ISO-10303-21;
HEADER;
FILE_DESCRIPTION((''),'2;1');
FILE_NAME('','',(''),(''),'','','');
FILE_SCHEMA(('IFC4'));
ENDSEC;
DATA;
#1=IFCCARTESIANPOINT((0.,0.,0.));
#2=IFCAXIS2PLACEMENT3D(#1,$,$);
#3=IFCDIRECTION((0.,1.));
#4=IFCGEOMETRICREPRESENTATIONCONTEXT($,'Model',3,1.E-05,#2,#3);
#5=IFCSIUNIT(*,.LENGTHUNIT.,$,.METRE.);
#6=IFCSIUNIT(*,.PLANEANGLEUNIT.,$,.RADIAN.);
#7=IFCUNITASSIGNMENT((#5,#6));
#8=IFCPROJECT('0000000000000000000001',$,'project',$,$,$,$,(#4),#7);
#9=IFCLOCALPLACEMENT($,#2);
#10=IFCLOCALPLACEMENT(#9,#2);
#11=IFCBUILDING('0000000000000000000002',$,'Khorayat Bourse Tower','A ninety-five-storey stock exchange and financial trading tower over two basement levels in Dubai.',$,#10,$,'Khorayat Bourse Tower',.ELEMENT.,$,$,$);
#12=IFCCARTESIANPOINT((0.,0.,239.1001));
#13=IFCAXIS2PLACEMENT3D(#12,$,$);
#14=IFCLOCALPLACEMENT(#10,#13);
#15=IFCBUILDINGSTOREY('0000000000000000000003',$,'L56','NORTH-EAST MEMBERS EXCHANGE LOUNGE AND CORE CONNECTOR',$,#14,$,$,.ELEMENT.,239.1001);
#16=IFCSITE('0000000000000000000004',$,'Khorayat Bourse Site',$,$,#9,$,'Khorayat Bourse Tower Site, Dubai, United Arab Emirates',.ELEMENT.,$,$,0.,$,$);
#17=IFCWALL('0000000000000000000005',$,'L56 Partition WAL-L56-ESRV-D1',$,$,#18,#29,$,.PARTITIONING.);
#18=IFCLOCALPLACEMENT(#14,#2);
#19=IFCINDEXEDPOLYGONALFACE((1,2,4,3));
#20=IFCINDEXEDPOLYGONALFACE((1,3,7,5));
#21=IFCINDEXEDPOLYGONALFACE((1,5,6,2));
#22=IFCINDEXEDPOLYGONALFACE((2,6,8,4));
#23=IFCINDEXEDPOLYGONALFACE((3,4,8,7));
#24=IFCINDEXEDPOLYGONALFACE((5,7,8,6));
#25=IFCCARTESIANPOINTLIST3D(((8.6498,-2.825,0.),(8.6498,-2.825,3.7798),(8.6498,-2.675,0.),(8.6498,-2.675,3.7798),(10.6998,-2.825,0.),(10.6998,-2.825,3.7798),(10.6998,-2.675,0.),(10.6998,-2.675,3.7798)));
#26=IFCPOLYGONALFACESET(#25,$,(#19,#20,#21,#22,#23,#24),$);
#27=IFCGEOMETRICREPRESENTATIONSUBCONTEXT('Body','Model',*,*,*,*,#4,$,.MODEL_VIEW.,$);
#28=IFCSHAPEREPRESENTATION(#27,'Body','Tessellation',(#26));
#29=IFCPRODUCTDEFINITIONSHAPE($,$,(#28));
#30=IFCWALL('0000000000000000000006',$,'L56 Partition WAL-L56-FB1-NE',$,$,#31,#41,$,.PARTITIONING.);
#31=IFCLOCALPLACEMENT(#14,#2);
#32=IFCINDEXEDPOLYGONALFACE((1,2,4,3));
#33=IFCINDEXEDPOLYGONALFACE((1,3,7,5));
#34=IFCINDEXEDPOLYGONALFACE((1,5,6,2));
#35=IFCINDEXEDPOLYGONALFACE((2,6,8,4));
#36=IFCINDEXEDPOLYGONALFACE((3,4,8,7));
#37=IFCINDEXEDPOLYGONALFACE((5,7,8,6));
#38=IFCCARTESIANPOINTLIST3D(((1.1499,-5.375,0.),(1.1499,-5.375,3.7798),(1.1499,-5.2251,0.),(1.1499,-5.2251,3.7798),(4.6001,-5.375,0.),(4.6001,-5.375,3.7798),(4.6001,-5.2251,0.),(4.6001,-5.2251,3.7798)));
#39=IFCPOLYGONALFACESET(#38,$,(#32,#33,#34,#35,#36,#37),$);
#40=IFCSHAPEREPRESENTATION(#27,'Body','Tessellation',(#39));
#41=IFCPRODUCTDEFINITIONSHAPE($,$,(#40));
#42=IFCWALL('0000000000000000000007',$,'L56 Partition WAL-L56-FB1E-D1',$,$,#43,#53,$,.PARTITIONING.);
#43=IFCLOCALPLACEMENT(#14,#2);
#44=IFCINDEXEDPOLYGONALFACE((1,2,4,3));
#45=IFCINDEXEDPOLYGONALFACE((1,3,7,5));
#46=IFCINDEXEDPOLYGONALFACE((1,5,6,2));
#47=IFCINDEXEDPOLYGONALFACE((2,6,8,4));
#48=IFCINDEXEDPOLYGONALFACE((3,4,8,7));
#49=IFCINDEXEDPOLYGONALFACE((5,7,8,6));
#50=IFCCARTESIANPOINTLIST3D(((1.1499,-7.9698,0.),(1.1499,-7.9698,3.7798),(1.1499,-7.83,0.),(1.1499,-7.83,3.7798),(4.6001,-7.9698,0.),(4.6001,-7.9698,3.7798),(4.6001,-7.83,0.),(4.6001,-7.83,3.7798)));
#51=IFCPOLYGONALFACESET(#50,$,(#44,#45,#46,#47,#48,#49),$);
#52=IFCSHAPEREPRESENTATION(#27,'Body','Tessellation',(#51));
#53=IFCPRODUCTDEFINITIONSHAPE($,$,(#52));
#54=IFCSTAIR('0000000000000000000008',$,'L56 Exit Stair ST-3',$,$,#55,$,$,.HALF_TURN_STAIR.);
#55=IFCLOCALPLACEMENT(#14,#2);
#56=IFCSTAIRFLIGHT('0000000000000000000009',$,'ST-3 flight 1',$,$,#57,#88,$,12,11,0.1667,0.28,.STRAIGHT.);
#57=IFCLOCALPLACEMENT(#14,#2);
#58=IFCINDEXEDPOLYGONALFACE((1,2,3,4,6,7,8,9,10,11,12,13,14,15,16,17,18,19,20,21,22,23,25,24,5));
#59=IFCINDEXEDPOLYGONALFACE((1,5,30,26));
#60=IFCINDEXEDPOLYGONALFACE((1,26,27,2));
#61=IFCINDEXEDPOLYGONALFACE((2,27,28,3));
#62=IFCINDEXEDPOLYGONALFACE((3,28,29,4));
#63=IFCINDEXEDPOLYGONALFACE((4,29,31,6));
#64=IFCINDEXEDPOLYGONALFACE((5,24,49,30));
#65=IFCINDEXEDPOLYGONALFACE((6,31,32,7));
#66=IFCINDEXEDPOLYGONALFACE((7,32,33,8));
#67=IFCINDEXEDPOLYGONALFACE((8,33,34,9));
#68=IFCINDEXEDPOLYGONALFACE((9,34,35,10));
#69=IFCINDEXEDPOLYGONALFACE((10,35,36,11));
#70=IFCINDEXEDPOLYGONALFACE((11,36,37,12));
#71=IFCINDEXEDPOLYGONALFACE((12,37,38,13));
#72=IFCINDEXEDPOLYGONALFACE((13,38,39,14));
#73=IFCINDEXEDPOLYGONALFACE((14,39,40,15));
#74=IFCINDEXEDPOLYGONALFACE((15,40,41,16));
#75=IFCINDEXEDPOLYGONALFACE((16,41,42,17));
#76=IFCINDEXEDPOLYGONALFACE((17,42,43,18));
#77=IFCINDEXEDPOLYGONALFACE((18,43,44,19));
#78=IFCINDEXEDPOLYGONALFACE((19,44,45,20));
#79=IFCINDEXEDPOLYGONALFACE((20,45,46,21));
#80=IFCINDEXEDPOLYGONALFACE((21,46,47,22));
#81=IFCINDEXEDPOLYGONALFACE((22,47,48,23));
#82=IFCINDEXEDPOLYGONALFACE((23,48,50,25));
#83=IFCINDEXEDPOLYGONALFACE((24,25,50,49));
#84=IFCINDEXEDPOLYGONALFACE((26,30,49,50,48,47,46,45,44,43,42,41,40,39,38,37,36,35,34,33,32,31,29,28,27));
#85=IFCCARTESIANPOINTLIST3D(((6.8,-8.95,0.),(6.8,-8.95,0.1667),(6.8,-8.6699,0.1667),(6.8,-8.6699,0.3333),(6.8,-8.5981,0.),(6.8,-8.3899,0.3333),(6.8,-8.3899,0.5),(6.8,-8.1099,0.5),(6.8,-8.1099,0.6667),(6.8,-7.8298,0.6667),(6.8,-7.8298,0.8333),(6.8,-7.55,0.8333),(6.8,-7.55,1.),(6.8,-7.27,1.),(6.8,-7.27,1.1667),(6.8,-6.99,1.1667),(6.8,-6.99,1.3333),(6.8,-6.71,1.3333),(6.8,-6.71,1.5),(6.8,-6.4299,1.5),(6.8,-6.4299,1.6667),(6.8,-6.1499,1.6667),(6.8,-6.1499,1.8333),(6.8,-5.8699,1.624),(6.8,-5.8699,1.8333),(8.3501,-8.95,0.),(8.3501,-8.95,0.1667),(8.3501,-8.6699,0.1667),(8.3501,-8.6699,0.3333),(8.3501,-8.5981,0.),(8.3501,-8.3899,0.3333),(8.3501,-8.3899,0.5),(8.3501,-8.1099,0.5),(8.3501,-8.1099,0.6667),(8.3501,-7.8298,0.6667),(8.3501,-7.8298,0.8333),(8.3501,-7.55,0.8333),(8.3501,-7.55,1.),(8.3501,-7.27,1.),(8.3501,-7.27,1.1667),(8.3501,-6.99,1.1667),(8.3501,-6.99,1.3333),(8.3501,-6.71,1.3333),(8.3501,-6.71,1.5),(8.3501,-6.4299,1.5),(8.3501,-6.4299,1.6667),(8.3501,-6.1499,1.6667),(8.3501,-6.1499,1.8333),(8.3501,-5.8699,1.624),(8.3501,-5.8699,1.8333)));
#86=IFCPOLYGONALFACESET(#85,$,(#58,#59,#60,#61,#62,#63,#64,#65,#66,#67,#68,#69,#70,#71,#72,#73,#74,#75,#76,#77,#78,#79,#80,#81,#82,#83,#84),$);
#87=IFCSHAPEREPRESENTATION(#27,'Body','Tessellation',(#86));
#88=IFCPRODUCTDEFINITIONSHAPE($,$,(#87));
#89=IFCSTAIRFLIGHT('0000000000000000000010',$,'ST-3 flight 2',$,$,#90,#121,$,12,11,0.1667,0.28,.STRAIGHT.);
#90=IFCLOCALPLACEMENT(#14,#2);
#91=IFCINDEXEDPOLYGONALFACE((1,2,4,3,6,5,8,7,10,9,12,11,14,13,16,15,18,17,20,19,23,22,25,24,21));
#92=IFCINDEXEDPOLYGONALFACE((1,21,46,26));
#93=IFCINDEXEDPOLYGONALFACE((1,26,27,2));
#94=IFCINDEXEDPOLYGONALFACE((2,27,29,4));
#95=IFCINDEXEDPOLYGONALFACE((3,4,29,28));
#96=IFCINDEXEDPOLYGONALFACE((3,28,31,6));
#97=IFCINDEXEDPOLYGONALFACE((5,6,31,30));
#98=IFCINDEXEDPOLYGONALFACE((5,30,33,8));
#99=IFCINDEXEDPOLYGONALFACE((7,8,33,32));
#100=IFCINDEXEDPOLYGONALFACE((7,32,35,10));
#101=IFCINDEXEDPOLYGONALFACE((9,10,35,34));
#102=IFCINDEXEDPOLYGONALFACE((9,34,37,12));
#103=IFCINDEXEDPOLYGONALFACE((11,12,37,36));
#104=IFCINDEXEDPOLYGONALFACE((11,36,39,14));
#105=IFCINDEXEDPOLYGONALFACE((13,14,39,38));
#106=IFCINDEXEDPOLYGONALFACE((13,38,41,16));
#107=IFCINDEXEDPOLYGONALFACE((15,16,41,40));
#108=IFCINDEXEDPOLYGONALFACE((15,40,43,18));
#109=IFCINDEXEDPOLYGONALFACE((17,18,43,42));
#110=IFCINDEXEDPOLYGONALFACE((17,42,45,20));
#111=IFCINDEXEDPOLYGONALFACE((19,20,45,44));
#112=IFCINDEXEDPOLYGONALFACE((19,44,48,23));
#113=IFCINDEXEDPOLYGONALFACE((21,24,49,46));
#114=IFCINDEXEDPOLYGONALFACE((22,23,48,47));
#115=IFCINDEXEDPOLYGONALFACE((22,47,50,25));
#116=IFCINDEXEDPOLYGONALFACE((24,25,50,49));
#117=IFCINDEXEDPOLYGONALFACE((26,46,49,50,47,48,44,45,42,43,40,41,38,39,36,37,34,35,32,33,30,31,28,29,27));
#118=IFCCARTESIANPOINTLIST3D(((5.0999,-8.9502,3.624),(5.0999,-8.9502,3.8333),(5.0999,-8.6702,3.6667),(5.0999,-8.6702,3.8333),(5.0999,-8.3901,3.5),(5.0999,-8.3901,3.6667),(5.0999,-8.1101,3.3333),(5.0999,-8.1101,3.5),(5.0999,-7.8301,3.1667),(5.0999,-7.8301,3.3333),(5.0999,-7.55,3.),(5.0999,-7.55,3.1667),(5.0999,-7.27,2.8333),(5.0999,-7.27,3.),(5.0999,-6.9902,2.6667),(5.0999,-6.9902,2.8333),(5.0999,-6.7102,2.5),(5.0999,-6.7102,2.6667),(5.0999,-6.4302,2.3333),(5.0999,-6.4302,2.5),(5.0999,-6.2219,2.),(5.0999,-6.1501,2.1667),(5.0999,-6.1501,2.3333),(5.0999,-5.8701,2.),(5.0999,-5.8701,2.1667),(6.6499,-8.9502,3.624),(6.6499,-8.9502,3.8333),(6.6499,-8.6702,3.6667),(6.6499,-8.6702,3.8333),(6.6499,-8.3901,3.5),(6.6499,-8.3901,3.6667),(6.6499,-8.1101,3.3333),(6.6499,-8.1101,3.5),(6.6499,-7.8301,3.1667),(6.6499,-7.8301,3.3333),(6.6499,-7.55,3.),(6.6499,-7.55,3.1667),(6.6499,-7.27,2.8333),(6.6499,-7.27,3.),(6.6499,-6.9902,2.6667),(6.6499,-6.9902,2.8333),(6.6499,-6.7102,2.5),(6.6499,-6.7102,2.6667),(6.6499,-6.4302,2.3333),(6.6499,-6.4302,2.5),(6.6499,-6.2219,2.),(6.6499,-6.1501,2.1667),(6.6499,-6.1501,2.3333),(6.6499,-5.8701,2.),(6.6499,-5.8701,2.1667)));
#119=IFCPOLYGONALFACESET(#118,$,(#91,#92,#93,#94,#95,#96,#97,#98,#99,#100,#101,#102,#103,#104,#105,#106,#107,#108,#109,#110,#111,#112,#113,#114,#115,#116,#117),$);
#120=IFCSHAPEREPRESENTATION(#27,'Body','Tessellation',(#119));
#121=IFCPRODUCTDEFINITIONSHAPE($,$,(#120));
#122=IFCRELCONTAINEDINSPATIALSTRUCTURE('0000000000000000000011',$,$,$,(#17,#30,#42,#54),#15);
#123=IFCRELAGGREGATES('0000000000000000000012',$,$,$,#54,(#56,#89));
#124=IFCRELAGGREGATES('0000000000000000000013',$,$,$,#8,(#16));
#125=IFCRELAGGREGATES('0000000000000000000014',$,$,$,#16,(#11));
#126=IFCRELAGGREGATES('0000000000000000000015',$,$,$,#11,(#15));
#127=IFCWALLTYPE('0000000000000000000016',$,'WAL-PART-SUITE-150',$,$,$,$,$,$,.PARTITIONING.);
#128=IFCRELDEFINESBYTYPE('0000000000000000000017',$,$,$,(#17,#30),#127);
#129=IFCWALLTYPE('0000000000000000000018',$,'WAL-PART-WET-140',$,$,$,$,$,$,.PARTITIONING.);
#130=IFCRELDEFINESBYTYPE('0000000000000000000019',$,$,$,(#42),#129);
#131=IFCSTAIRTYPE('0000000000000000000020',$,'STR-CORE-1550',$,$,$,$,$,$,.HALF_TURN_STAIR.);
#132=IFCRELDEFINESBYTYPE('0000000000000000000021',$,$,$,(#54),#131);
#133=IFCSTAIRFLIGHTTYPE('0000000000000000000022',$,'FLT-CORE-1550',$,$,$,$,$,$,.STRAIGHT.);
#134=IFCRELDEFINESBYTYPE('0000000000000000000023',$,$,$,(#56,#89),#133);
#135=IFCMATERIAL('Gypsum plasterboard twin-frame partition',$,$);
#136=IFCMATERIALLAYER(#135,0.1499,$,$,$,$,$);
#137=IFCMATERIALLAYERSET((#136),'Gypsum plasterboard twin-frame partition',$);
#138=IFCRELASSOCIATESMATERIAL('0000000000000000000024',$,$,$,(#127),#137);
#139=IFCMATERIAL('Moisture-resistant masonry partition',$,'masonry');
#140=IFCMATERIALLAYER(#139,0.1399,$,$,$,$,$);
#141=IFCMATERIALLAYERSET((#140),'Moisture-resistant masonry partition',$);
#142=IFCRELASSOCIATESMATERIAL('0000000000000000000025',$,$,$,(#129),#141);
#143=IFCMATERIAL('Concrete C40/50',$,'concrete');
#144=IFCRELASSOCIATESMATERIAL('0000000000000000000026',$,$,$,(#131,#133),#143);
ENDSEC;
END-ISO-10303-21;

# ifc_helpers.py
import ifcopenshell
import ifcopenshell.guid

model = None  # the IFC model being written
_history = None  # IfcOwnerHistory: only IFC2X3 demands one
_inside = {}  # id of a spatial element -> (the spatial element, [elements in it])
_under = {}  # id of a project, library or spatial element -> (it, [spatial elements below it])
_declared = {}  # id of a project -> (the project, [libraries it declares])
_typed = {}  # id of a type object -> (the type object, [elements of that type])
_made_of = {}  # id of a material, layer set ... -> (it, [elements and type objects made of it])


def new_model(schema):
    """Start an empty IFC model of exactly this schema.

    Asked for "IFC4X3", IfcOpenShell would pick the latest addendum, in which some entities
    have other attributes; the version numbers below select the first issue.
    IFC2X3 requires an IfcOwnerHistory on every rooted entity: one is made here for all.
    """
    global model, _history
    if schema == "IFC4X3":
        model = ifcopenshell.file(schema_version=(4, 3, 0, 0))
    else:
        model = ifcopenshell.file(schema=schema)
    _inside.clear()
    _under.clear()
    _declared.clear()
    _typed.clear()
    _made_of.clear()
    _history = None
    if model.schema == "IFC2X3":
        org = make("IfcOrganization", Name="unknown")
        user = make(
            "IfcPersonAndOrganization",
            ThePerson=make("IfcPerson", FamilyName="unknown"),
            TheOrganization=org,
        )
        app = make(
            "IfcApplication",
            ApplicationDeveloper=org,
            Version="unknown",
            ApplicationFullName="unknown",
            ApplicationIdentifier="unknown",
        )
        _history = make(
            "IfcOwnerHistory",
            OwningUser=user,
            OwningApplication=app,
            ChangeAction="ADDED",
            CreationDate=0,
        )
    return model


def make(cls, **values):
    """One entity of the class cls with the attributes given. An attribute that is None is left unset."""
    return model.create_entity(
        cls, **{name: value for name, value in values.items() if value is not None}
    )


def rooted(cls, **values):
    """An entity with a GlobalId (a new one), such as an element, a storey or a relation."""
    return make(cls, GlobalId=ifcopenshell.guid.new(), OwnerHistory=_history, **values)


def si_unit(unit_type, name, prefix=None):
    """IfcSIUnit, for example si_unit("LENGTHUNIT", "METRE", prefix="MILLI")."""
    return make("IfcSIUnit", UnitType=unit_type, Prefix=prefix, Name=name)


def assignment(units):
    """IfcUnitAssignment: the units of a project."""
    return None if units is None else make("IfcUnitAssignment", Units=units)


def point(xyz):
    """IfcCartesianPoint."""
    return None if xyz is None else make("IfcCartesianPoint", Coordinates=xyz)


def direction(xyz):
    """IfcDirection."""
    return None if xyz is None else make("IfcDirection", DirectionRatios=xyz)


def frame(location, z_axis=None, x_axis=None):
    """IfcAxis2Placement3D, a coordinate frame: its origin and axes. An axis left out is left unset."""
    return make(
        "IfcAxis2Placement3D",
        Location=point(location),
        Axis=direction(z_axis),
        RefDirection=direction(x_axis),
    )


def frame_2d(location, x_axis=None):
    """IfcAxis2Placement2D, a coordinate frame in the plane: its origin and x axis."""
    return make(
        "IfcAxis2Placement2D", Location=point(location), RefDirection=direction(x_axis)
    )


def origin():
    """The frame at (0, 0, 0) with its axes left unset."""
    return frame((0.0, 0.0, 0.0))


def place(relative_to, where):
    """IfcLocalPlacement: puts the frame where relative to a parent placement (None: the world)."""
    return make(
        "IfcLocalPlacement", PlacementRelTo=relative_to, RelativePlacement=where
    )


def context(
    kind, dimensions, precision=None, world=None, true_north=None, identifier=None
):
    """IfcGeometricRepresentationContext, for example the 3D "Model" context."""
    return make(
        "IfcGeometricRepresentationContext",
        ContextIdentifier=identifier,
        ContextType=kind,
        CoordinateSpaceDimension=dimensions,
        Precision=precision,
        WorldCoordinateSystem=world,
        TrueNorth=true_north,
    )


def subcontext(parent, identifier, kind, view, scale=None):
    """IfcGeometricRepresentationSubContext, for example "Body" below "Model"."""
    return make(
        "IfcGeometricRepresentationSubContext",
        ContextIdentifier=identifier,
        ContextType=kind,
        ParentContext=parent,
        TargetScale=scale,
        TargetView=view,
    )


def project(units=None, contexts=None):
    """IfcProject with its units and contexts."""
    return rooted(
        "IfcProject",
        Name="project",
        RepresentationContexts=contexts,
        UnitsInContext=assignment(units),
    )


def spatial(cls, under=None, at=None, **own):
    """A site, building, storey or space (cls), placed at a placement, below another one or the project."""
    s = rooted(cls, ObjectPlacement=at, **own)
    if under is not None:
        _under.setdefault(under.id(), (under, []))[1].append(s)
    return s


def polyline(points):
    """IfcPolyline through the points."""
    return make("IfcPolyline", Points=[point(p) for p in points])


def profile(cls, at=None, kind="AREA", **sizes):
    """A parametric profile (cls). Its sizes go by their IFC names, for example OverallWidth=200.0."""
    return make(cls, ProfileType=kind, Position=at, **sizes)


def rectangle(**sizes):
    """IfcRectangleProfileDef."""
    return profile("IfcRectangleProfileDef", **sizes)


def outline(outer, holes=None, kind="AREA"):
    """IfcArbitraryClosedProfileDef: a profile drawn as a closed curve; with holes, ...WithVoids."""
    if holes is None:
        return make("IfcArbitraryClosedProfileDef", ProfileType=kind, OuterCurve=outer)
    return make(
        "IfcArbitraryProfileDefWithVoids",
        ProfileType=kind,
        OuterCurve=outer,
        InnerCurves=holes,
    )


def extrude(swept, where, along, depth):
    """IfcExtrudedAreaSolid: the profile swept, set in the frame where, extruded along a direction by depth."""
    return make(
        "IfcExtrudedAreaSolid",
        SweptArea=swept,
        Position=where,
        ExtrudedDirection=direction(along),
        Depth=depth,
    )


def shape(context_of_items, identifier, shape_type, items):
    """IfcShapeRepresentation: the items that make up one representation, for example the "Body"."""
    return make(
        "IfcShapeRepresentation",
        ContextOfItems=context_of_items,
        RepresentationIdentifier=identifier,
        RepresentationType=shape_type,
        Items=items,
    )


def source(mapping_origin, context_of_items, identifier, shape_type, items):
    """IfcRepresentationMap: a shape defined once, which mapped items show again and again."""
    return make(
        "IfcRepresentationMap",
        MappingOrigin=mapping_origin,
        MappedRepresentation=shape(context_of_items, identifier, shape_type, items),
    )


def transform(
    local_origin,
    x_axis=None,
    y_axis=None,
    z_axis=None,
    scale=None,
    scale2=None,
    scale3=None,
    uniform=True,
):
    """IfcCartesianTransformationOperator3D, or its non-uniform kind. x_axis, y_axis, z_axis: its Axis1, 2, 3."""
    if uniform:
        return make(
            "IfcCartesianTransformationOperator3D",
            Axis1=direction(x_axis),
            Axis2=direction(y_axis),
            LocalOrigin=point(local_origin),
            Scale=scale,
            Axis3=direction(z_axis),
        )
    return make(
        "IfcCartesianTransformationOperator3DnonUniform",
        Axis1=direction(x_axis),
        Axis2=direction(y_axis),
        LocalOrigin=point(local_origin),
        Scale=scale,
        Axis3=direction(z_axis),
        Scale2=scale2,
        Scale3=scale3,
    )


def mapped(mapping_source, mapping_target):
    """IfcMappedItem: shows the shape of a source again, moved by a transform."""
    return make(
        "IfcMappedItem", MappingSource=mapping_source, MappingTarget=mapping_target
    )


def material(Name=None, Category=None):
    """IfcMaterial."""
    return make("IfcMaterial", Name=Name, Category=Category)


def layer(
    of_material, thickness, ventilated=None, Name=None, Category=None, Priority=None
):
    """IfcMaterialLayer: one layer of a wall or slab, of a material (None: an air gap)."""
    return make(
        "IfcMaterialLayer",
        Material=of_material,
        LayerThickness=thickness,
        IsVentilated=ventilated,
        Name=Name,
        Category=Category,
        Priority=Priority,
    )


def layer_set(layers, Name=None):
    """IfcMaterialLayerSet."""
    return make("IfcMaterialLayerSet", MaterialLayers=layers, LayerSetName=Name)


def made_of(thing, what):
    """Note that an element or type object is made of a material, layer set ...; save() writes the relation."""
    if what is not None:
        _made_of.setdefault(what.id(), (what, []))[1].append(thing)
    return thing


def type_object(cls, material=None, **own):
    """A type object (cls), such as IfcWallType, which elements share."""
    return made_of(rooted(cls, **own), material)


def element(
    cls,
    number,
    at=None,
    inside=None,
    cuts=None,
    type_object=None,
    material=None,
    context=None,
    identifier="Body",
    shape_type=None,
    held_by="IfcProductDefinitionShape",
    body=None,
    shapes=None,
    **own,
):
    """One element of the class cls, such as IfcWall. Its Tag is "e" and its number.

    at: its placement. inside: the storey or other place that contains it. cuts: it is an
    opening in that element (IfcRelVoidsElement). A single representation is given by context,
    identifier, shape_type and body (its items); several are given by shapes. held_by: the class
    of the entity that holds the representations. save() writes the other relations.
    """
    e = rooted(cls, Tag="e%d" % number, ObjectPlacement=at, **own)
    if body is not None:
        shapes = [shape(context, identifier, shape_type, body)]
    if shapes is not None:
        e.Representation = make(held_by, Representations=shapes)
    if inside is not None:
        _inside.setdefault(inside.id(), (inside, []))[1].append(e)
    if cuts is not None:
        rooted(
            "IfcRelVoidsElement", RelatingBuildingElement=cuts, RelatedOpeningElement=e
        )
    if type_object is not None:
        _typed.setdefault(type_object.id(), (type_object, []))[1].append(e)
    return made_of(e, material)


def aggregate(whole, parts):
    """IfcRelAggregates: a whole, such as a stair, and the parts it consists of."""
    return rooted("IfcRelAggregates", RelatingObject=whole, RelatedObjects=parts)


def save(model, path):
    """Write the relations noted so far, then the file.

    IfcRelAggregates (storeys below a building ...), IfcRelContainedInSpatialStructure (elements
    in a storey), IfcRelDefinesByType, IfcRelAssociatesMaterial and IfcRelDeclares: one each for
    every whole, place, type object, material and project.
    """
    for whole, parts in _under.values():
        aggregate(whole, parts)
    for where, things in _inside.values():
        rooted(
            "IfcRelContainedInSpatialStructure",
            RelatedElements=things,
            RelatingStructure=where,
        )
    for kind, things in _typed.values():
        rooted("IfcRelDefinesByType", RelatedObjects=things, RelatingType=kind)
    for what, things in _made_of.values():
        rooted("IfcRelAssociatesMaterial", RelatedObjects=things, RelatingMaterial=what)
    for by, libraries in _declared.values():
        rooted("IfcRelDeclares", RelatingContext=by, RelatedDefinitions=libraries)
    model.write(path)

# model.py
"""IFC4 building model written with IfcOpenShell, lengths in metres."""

from ifc_helpers import new_model, si_unit, direction, frame, frame_2d, origin, place, context, subcontext, project, spatial, polyline, rectangle, outline, extrude, source, transform, mapped, material, layer, layer_set, type_object, element, aggregate, save


model = new_model("IFC4")

# Units and contexts
model_context = context("Model", 3, precision=1e-05, world=origin(), true_north=direction((0.0, 1.0)))
body_context = subcontext(model_context, "Body", "Model", "MODEL_VIEW")
ifc_project = project(units=[si_unit("LENGTHUNIT", "METRE"), si_unit("PLANEANGLEUNIT", "RADIAN")], contexts=[model_context])

# Site, building, storey
site_placement = place(None, origin())
site = spatial("IfcSite", under=ifc_project, at=site_placement, Name="Khorayat Bourse Site", LongName="Khorayat Bourse Tower Site, Dubai, United Arab Emirates", CompositionType="ELEMENT", RefElevation=0.0)
building_placement = place(site_placement, origin())
building = spatial("IfcBuilding", under=site, at=building_placement, Name="Khorayat Bourse Tower", Description="A ninety-five-storey stock exchange and financial trading tower over two basement levels in Dubai.", LongName="Khorayat Bourse Tower", CompositionType="ELEMENT")
storey_placement = place(building_placement, frame((0.0, 0.0, 239.1001)))
storey = spatial("IfcBuildingStorey", under=building, at=storey_placement, Name="L56", Description="NORTH-EAST MEMBERS EXCHANGE LOUNGE AND CORE CONNECTOR", CompositionType="ELEMENT", Elevation=239.1001)

# Shared definitions
ifc_material_1 = material(Name="Concrete C40/50", Category="concrete")

# Walls
ifc_material_2 = material(Name="Gypsum plasterboard twin-frame partition")
ifc_layer_1 = layer(ifc_material_2, 0.1499)
ifc_layer_set_1 = layer_set([ifc_layer_1], Name="Gypsum plasterboard twin-frame partition")
wall_type_1 = type_object("IfcWallType", Name="WAL-PART-SUITE-150", PredefinedType="PARTITIONING", material=ifc_layer_set_1)
shared_shape_1 = source(origin(), body_context, "Body", "SweptSolid", [
    extrude(rectangle(XDim=2.05, YDim=0.1499, at=frame_2d((1.0249, 0.0))), origin(), (0.0, 0.0, 1.0), 3.7798),
])
wall_1_placement = place(storey_placement, frame((8.6499, -2.75, 0.0), z_axis=(0.0, 0.0, 1.0), x_axis=(1.0, 0.0, 0.0)))
element("IfcWall", 1, at=wall_1_placement, inside=storey, type_object=wall_type_1, Name="L56 Partition WAL-L56-ESRV-D1", PredefinedType="PARTITIONING", context=body_context, shape_type="MappedRepresentation", body=[
    mapped(shared_shape_1, transform((0.0, 0.0, 0.0), scale=1.0)),
])
shared_shape_2 = source(origin(), body_context, "Body", "SweptSolid", [
    extrude(rectangle(XDim=3.4502, YDim=0.1499, at=frame_2d((1.7251, 0.0))), origin(), (0.0, 0.0, 1.0), 3.7798),
])
wall_2_placement = place(storey_placement, frame((1.1499, -5.3, 0.0), z_axis=(0.0, 0.0, 1.0), x_axis=(1.0, 0.0, 0.0)))
element("IfcWall", 2, at=wall_2_placement, inside=storey, type_object=wall_type_1, Name="L56 Partition WAL-L56-FB1-NE", PredefinedType="PARTITIONING", context=body_context, shape_type="MappedRepresentation", body=[
    mapped(shared_shape_2, transform((0.0, 0.0, 0.0), scale=1.0)),
])
ifc_material_3 = material(Name="Moisture-resistant masonry partition", Category="masonry")
ifc_layer_2 = layer(ifc_material_3, 0.1399)
ifc_layer_set_2 = layer_set([ifc_layer_2], Name="Moisture-resistant masonry partition")
wall_type_2 = type_object("IfcWallType", Name="WAL-PART-WET-140", PredefinedType="PARTITIONING", material=ifc_layer_set_2)
shared_shape_3 = source(origin(), body_context, "Body", "SweptSolid", [
    extrude(rectangle(XDim=3.4502, YDim=0.1399, at=frame_2d((1.7251, 0.0))), origin(), (0.0, 0.0, 1.0), 3.7798),
])
wall_3_placement = place(storey_placement, frame((1.1499, -7.8999, 0.0), z_axis=(0.0, 0.0, 1.0), x_axis=(1.0, 0.0, 0.0)))
element("IfcWall", 3, at=wall_3_placement, inside=storey, type_object=wall_type_2, Name="L56 Partition WAL-L56-FB1E-D1", PredefinedType="PARTITIONING", context=body_context, shape_type="MappedRepresentation", body=[
    mapped(shared_shape_3, transform((0.0, 0.0, 0.0), scale=1.0)),
])

# Stair, stair flights
stair_type = type_object("IfcStairType", Name="STR-CORE-1550", PredefinedType="HALF_TURN_STAIR", material=ifc_material_1)
stair_placement = place(storey_placement, origin())
stair = element("IfcStair", 4, at=stair_placement, inside=storey, type_object=stair_type, Name="L56 Exit Stair ST-3", PredefinedType="HALF_TURN_STAIR")
stair_flight_type = type_object("IfcStairFlightType", Name="FLT-CORE-1550", PredefinedType="STRAIGHT", material=ifc_material_1)
shared_shape_4 = source(origin(), body_context, "Body", "SweptSolid", [
    extrude(outline(polyline([(0.0, 0.0), (0.0, 0.1667), (0.28, 0.1667), (0.28, 0.3333), (0.5601, 0.3333), (0.5601, 0.5), (0.8401, 0.5), (0.8401, 0.6667), (1.1201, 0.6667), (1.1201, 0.8333), (1.3999, 0.8333), (1.3999, 1.0), (1.6799, 1.0), (1.6799, 1.1667), (1.96, 1.1667), (1.96, 1.3333), (2.24, 1.3333), (2.24, 1.5), (2.52, 1.5), (2.52, 1.6667), (2.8, 1.6667), (2.8, 1.8333), (3.0801, 1.8333), (3.0801, 2.0), (3.0801, 1.624), (0.3518, 0.0), (0.0, 0.0)])), frame((0.0, 0.7749, 0.0), z_axis=(0.0, -1.0, 0.0), x_axis=(1.0, 0.0, 0.0)), (0.0, 0.0, 1.0), 1.55),
])
stair_flight_1_placement = place(storey_placement, frame((7.575, -8.95, 0.0), z_axis=(0.0, 0.0, 1.0), x_axis=(0.0, 1.0, 0.0)))
stair_flight_1 = element("IfcStairFlight", 5, at=stair_flight_1_placement, type_object=stair_flight_type, Name="ST-3 flight 1", NumberOfRisers=12, NumberOfTreads=11, PredefinedType="STRAIGHT", RiserHeight=0.1667, TreadLength=0.28, context=body_context, shape_type="MappedRepresentation", body=[
    mapped(shared_shape_4, transform((0.0, 0.0, 0.0), scale=1.0)),
])
stair_flight_2_placement = place(storey_placement, frame((5.875, -5.8701, 2.0), z_axis=(0.0, 0.0, 1.0), x_axis=(0.0, -1.0, 0.0)))
stair_flight_2 = element("IfcStairFlight", 6, at=stair_flight_2_placement, type_object=stair_flight_type, Name="ST-3 flight 2", NumberOfRisers=12, NumberOfTreads=11, PredefinedType="STRAIGHT", RiserHeight=0.1667, TreadLength=0.28, context=body_context, shape_type="MappedRepresentation", body=[
    mapped(shared_shape_4, transform((0.0, 0.0, 0.0), scale=1.0)),
])
aggregate(stair, [stair_flight_1, stair_flight_2])

save(model, "model.ifc")
